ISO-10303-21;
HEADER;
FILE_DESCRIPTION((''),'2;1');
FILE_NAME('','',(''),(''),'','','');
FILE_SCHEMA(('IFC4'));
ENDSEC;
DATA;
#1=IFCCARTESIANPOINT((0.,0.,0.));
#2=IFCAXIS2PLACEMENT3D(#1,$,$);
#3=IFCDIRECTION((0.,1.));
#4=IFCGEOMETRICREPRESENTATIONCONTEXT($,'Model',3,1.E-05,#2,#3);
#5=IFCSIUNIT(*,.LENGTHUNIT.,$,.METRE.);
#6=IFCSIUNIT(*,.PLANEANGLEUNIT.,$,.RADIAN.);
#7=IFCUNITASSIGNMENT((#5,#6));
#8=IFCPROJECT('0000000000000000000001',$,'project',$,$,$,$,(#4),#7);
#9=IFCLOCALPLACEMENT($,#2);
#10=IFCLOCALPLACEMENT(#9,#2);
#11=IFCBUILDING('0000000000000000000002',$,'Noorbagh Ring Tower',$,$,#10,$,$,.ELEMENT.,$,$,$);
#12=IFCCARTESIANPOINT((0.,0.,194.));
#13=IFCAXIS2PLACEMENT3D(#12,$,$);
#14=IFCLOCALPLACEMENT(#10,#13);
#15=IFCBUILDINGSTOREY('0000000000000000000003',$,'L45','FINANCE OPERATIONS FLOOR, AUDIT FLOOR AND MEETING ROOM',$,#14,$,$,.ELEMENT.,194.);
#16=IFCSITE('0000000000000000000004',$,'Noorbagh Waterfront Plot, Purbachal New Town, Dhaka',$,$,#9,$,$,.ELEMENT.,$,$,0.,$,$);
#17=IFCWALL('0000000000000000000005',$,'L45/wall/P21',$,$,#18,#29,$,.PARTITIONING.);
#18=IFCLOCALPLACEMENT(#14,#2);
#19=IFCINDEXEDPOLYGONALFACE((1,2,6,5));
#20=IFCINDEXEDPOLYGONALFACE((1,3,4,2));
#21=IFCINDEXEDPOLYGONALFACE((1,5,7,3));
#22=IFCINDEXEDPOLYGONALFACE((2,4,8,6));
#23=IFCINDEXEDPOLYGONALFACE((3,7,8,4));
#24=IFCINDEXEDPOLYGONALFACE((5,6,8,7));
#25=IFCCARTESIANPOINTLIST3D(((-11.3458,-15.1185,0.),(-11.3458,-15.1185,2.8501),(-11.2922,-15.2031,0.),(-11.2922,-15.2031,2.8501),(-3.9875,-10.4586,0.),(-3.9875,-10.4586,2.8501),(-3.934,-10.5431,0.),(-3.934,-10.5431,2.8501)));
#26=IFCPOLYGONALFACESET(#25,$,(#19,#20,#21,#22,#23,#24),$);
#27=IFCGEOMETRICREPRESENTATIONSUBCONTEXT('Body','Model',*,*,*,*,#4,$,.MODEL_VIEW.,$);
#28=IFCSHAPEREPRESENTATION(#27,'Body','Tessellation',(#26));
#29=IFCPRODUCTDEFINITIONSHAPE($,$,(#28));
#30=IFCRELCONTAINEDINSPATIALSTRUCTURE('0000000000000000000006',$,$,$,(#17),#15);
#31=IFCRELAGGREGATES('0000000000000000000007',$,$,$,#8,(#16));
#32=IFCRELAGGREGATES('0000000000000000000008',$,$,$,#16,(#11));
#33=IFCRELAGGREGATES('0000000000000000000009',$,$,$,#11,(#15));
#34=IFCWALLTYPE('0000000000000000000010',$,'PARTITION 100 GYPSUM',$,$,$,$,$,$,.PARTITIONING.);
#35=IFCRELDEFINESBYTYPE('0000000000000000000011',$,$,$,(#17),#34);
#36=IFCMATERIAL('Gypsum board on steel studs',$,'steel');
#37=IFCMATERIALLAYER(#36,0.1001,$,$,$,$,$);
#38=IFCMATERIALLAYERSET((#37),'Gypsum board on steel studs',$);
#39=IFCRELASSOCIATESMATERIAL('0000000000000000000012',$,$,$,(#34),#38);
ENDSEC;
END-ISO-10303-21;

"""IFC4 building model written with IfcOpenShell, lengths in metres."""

from ifc_helpers import new_model, si_unit, direction, frame, frame_2d, origin, place, context, subcontext, project, spatial, rectangle, extrude, material, layer, layer_set, type_object, element, save


model = new_model("IFC4")

# Units and contexts
model_context = context("Model", 3, precision=1e-05, world=origin(), true_north=direction((0.0, 1.0)))
body_context = subcontext(model_context, "Body", "Model", "MODEL_VIEW")
ifc_project = project(units=[si_unit("LENGTHUNIT", "METRE"), si_unit("PLANEANGLEUNIT", "RADIAN")], contexts=[model_context])

# Site, building, storey
site_placement = place(None, origin())
site = spatial("IfcSite", under=ifc_project, at=site_placement, Name="Noorbagh Waterfront Plot, Purbachal New Town, Dhaka", CompositionType="ELEMENT", RefElevation=0.0)
building_placement = place(site_placement, origin())
building = spatial("IfcBuilding", under=site, at=building_placement, Name="Noorbagh Ring Tower", CompositionType="ELEMENT")
storey_placement = place(building_placement, frame((0.0, 0.0, 194.0)))
storey = spatial("IfcBuildingStorey", under=building, at=storey_placement, Name="L45", Description="FINANCE OPERATIONS FLOOR, AUDIT FLOOR AND MEETING ROOM", CompositionType="ELEMENT", Elevation=194.0)

# Wall
ifc_material_1 = material(Name="Gypsum board on steel studs", Category="steel")
ifc_layer_1 = layer(ifc_material_1, 0.1001)
ifc_layer_set_1 = layer_set([ifc_layer_1], Name="Gypsum board on steel studs")
wall_type_1 = type_object("IfcWallType", Name="PARTITION 100 GYPSUM", PredefinedType="PARTITIONING", material=ifc_layer_set_1)
wall_1_placement = place(storey_placement, frame((-11.3191, -15.1609, 0.0), z_axis=(0.0, 0.0, 1.0), x_axis=(0.844832, 0.535031, 0.0)))
element("IfcWall", 1, at=wall_1_placement, inside=storey, type_object=wall_type_1, Name="L45/wall/P21", PredefinedType="PARTITIONING", context=body_context, shape_type="SweptSolid", body=[
    extrude(rectangle(XDim=8.7097, YDim=0.1001, at=frame_2d((4.355, 0.0))), origin(), (0.0, 0.0, 1.0), 2.8501),
])

save(model, "model.ifc")
